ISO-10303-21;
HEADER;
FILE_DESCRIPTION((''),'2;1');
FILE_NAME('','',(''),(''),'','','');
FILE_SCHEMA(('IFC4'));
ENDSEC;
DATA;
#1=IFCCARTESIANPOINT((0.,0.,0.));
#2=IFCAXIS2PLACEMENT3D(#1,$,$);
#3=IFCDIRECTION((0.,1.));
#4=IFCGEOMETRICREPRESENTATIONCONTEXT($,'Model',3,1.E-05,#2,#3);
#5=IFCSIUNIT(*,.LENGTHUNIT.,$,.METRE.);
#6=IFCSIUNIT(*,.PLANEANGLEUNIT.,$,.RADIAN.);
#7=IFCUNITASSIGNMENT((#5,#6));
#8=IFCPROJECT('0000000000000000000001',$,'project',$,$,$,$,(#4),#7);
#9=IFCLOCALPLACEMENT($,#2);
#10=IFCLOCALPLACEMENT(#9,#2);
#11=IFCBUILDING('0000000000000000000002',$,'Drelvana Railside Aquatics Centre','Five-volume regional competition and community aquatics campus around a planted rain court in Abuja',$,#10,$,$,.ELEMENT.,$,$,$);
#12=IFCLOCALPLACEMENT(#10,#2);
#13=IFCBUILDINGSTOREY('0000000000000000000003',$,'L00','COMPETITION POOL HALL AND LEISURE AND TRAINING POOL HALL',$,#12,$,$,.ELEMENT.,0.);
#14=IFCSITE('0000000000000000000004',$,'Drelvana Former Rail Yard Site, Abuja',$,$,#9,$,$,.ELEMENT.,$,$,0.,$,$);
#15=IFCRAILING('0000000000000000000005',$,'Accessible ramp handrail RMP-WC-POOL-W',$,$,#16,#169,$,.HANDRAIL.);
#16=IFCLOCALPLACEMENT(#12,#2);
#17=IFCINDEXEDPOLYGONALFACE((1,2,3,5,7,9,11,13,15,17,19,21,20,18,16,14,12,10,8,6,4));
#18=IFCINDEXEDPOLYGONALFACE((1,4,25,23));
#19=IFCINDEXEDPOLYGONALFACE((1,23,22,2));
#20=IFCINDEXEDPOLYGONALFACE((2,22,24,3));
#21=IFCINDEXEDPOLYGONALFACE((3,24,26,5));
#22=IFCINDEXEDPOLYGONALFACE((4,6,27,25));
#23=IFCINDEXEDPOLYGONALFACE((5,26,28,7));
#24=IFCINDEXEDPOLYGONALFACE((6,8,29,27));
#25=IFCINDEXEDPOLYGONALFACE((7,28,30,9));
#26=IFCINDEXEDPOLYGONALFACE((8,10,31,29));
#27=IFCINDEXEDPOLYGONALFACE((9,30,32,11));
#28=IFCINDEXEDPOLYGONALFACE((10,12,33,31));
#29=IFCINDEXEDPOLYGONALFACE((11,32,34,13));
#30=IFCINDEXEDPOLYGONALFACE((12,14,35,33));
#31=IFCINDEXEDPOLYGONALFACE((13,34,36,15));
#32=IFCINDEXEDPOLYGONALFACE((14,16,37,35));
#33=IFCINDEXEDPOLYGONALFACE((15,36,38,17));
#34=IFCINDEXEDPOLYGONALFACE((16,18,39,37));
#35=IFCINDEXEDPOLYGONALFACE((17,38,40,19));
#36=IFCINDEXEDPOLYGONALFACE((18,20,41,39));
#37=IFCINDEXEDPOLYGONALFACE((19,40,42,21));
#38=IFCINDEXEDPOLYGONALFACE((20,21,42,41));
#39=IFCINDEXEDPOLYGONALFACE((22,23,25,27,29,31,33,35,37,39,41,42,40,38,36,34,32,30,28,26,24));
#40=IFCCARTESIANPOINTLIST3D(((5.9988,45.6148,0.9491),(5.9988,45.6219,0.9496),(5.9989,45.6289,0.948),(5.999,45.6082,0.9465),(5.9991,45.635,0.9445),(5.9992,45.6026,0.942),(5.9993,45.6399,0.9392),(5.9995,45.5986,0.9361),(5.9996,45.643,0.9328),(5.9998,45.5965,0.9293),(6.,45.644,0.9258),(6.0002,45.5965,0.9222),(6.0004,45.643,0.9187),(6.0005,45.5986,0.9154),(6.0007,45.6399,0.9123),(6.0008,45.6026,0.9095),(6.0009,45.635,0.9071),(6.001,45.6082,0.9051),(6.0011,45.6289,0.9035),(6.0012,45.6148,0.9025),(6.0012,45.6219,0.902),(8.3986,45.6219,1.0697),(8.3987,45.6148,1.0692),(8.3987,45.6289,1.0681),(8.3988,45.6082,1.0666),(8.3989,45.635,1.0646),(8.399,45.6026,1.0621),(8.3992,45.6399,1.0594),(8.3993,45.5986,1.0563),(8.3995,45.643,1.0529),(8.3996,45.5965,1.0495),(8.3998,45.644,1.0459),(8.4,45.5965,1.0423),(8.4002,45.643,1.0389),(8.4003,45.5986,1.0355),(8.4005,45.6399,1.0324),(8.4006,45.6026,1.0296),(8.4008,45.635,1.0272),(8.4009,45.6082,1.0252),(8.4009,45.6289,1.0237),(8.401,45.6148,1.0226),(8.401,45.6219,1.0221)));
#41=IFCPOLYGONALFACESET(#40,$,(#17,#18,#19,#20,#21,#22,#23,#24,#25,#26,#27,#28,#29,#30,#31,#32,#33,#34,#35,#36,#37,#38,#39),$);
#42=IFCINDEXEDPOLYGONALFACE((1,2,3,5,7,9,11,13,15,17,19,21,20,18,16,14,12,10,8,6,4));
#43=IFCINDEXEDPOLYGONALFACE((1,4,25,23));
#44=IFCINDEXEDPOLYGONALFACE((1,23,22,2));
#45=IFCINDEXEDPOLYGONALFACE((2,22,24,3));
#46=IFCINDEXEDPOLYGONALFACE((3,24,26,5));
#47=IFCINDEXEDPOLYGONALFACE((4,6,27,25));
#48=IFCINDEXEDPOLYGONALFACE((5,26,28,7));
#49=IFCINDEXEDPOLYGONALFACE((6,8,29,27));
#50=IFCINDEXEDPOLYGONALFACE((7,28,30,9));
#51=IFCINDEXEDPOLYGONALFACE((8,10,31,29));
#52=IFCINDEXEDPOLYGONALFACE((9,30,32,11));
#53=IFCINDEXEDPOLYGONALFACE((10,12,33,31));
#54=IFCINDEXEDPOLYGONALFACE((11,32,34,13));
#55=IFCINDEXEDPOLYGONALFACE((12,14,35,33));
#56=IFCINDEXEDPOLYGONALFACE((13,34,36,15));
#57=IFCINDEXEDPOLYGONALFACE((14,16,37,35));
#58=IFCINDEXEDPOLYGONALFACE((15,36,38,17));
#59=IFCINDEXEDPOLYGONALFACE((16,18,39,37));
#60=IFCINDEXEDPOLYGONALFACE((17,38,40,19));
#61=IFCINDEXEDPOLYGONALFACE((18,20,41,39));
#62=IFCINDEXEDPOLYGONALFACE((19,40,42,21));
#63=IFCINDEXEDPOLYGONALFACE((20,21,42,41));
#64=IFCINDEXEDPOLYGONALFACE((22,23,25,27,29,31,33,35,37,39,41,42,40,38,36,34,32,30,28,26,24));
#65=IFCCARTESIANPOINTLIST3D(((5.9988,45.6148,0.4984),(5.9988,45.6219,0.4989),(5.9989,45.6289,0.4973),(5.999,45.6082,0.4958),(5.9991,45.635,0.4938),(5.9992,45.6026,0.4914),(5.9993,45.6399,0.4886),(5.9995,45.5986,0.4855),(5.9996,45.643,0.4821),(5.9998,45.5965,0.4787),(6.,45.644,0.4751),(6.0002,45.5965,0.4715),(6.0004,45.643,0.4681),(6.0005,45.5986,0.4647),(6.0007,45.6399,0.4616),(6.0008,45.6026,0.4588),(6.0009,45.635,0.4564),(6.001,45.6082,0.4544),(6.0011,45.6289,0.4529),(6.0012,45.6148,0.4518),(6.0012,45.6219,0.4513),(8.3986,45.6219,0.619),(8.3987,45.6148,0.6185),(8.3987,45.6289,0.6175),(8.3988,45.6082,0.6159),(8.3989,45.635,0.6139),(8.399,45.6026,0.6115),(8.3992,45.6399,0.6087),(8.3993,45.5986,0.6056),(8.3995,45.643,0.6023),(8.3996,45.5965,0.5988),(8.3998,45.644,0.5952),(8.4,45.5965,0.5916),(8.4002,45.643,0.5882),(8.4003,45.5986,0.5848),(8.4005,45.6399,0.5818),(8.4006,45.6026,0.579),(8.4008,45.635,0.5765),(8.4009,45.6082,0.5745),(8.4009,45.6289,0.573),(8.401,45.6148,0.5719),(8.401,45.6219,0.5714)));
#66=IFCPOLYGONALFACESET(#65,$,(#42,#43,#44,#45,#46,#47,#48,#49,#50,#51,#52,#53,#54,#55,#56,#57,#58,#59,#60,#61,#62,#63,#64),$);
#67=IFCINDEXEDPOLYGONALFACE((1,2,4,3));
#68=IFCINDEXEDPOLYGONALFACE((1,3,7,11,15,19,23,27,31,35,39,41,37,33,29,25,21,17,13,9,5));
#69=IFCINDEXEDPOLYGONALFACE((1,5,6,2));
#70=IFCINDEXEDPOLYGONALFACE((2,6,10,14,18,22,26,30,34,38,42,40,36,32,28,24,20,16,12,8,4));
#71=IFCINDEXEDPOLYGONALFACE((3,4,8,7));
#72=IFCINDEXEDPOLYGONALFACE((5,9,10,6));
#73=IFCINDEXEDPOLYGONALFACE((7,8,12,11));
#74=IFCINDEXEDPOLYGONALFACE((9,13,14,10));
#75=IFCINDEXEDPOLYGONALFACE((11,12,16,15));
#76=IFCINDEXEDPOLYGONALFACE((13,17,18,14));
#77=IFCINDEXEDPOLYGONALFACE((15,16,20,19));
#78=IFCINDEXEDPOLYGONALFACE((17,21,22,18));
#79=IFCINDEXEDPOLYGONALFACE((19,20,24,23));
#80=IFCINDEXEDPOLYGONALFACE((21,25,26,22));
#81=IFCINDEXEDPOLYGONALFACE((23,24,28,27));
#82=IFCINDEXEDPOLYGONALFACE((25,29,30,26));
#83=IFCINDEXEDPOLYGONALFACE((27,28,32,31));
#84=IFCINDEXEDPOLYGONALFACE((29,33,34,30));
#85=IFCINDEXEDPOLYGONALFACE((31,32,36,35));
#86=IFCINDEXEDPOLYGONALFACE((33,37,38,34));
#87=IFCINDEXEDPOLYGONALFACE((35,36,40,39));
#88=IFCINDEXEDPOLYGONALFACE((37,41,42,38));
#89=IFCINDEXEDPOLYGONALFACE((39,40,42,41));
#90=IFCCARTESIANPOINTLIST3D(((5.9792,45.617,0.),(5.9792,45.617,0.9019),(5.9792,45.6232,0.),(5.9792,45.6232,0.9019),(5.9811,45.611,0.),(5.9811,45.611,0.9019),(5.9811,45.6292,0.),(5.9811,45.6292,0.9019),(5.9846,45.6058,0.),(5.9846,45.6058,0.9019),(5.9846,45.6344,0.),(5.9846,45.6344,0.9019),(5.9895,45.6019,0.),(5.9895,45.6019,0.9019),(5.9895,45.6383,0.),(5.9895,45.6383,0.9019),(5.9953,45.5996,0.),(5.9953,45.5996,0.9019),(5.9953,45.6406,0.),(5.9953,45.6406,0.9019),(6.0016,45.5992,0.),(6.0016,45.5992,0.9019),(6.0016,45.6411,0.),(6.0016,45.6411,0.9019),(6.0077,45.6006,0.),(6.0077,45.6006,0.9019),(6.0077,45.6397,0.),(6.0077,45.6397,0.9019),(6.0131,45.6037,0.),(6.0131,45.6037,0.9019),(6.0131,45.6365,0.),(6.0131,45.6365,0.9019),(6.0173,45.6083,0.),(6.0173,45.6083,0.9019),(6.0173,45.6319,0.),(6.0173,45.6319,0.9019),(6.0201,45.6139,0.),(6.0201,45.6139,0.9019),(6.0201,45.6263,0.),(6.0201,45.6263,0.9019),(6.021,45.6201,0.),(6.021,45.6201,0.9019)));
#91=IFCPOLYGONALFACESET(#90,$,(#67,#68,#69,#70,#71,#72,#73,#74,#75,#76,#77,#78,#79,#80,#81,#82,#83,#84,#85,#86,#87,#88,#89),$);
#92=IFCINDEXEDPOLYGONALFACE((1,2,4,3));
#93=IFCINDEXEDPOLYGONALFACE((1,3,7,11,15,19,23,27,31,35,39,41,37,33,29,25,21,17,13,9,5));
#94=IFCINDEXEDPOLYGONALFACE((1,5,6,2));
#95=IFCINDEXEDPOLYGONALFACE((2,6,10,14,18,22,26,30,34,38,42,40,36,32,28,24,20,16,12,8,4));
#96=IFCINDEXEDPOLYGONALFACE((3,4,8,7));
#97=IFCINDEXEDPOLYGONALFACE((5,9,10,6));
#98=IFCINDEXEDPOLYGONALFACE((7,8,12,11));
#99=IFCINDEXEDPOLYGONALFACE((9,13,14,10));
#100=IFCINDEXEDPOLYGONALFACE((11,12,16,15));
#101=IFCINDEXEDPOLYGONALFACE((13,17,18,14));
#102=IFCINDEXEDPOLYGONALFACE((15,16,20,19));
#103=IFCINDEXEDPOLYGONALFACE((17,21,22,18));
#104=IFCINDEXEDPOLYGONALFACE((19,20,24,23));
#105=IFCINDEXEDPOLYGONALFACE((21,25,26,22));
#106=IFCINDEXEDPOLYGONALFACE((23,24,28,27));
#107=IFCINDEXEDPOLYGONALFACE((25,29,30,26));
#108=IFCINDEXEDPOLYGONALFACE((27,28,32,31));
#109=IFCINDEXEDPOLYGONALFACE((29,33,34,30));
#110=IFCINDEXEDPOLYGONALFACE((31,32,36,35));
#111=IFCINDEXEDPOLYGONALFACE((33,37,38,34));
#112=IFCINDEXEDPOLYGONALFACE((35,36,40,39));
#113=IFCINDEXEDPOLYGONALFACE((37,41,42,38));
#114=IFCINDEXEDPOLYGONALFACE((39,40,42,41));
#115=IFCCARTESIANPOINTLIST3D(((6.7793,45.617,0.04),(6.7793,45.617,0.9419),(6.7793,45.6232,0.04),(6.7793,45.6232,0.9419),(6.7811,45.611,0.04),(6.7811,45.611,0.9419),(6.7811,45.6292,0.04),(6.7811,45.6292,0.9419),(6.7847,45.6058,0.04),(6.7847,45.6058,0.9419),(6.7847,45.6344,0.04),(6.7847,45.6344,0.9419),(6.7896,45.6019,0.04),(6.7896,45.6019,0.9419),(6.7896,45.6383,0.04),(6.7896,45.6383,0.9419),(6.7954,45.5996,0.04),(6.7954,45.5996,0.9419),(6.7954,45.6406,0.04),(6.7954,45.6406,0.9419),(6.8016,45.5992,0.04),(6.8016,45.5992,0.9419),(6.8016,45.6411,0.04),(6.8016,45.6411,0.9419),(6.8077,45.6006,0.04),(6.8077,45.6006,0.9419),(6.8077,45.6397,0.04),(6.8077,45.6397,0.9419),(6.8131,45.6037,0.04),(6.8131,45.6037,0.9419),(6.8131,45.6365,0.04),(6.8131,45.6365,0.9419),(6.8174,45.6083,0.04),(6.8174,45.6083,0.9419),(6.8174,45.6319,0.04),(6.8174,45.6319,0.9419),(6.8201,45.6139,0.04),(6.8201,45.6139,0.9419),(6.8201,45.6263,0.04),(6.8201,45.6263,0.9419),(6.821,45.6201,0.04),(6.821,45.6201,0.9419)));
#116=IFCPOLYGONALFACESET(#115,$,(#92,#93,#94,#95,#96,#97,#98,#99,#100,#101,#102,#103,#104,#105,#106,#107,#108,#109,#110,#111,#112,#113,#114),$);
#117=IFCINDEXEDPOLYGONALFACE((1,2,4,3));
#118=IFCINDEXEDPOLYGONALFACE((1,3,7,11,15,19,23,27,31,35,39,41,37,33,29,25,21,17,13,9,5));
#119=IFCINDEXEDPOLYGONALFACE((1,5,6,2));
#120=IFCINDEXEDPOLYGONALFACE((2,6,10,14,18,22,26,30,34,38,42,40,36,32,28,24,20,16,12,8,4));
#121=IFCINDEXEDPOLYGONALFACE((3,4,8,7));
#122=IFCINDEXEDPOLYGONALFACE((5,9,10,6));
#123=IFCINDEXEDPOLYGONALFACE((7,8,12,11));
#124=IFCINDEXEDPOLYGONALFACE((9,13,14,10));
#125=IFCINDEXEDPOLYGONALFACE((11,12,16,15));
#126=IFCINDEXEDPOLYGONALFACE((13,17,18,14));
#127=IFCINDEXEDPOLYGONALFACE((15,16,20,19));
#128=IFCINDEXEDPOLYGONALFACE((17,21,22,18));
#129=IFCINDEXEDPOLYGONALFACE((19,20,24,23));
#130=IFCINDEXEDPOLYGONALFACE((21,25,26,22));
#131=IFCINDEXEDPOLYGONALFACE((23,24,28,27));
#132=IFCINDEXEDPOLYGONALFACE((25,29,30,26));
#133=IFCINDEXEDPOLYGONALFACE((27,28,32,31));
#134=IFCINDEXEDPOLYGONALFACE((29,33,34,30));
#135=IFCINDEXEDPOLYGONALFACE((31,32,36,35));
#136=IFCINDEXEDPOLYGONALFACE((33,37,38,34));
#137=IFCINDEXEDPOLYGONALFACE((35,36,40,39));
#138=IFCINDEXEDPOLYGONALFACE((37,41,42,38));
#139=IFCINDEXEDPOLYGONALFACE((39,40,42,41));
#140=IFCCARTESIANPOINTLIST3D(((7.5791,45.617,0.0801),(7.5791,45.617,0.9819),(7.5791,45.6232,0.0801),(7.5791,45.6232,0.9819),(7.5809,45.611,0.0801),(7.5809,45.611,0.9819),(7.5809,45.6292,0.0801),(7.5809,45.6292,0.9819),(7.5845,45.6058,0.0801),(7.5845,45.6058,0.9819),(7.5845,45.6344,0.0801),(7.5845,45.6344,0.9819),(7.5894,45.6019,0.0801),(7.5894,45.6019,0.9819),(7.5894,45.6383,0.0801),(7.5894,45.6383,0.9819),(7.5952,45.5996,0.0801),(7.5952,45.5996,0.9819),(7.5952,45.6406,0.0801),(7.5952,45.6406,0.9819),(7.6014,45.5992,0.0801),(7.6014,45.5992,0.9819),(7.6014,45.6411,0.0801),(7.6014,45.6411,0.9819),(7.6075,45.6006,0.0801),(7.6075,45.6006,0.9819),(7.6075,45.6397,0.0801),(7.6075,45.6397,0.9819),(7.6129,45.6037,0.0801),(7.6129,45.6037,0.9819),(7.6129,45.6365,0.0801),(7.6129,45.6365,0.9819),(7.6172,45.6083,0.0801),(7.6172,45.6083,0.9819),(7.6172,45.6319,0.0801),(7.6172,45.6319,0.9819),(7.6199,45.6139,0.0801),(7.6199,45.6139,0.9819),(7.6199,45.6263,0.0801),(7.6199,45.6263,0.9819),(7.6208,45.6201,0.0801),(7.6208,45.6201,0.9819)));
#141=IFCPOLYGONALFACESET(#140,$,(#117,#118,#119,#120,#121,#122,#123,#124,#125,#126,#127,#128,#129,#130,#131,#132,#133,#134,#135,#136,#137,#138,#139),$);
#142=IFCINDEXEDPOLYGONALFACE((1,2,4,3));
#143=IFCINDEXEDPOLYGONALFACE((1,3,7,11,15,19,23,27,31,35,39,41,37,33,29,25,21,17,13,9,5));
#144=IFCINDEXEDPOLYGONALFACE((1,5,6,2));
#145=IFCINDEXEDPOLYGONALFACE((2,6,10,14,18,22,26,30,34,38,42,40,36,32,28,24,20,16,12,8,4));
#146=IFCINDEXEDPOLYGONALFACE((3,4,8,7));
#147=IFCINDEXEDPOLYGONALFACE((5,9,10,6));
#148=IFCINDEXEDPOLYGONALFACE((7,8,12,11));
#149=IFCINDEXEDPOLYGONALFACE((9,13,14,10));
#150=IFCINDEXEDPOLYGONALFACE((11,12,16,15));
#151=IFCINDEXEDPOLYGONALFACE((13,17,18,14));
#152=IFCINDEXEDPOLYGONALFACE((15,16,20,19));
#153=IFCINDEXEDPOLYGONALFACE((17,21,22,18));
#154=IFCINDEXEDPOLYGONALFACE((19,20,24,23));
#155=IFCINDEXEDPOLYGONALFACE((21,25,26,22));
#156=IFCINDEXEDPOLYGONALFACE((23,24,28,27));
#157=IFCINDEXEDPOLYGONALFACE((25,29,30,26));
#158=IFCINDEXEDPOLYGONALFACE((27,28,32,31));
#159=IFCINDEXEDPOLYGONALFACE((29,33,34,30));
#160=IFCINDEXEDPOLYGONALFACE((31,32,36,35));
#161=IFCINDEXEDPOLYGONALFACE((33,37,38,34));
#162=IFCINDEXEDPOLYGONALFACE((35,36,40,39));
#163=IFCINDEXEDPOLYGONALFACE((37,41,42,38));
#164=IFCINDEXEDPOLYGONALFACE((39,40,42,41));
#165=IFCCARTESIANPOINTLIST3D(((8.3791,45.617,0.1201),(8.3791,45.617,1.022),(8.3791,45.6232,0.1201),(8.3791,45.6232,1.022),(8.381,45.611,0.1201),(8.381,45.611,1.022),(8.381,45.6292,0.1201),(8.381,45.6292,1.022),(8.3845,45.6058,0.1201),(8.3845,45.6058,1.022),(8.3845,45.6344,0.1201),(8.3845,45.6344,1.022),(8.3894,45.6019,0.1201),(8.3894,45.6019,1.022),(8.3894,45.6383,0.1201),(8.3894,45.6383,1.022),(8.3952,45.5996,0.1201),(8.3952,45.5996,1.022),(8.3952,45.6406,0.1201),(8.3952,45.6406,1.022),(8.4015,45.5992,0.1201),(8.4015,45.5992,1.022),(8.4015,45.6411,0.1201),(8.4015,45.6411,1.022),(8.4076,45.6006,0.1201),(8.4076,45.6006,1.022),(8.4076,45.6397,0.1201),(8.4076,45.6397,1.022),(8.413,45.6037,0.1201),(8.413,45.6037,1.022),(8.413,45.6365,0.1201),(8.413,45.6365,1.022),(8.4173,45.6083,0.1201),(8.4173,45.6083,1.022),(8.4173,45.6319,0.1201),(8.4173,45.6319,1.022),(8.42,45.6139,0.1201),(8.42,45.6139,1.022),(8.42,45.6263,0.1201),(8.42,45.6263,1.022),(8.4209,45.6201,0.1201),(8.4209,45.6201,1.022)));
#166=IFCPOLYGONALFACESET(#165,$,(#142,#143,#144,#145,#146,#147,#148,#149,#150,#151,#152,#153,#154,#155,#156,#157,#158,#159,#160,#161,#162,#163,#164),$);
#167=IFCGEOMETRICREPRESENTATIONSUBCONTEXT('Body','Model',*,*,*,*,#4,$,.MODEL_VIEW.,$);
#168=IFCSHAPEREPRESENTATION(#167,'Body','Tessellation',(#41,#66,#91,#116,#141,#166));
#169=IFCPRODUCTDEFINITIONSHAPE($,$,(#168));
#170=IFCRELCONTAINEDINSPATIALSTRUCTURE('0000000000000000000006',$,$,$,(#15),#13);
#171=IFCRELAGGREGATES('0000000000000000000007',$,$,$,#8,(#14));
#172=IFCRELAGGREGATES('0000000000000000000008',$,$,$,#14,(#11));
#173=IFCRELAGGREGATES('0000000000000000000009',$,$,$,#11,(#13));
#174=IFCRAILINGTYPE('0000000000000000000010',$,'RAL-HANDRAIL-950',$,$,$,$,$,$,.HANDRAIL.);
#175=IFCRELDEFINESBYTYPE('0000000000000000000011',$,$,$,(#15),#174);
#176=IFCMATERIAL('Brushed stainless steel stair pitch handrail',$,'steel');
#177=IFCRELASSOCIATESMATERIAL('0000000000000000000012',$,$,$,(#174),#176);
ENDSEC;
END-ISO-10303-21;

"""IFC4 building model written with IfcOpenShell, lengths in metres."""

from ifc_helpers import new_model, si_unit, direction, frame, origin, origin_2d, place, context, subcontext, project, spatial, circle, extrude, material, type_object, element, save


model = new_model("IFC4")

# Units and contexts
model_context = context("Model", 3, precision=1e-05, world=origin(), true_north=direction((0.0, 1.0)))
body_context = subcontext(model_context, "Body", "Model", "MODEL_VIEW")
ifc_project = project(units=[si_unit("LENGTHUNIT", "METRE"), si_unit("PLANEANGLEUNIT", "RADIAN")], contexts=[model_context])

# Site, building, storey
site_placement = place(None, origin())
site = spatial("IfcSite", under=ifc_project, at=site_placement, Name="Drelvana Former Rail Yard Site, Abuja", CompositionType="ELEMENT", RefElevation=0.0)
building_placement = place(site_placement, origin())
building = spatial("IfcBuilding", under=site, at=building_placement, Name="Drelvana Railside Aquatics Centre", Description="Five-volume regional competition and community aquatics campus around a planted rain court in Abuja", CompositionType="ELEMENT")
storey_placement = place(building_placement, origin())
storey = spatial("IfcBuildingStorey", under=building, at=storey_placement, Name="L00", Description="COMPETITION POOL HALL AND LEISURE AND TRAINING POOL HALL", CompositionType="ELEMENT", Elevation=0.0)

# Railing
ifc_material_1 = material(Name="Brushed stainless steel stair pitch handrail", Category="steel")
railing_type_1 = type_object("IfcRailingType", Name="RAL-HANDRAIL-950", PredefinedType="HANDRAIL", material=ifc_material_1)
for number, where, name in (
    (1, (6.0, 45.6201, 0.0), "Accessible ramp handrail RMP-WC-POOL-W"),
):
    element("IfcRailing", number, at=place(storey_placement, frame(where)), inside=storey, type_object=railing_type_1, Name=name, PredefinedType="HANDRAIL", context=body_context, shape_type="SweptSolid", body=[
        extrude(circle(Radius=0.0239, at=origin_2d()), frame((0.0, 0.0, 0.9258), z_axis=(0.99875, 0.0, 0.049988), x_axis=(0.0, 1.0, 0.0)), (0.0, 0.0, 1.0), 2.4028),
        extrude(circle(Radius=0.0239, at=origin_2d()), frame((0.0, 0.0, 0.4751), z_axis=(0.99875, 0.0, 0.049988), x_axis=(0.0, 1.0, 0.0)), (0.0, 0.0, 1.0), 2.4028),
        extrude(circle(Radius=0.021, at=origin_2d()), origin(), (0.0, 0.0, 1.0), 0.9019),
        extrude(circle(Radius=0.021, at=origin_2d()), frame((0.8, 0.0, 0.04)), (0.0, 0.0, 1.0), 0.9019),
        extrude(circle(Radius=0.021, at=origin_2d()), frame((1.5999, 0.0, 0.0801)), (0.0, 0.0, 1.0), 0.9019),
        extrude(circle(Radius=0.021, at=origin_2d()), frame((2.3999, 0.0, 0.1201)), (0.0, 0.0, 1.0), 0.9019),
    ])

save(model, "model.ifc")
